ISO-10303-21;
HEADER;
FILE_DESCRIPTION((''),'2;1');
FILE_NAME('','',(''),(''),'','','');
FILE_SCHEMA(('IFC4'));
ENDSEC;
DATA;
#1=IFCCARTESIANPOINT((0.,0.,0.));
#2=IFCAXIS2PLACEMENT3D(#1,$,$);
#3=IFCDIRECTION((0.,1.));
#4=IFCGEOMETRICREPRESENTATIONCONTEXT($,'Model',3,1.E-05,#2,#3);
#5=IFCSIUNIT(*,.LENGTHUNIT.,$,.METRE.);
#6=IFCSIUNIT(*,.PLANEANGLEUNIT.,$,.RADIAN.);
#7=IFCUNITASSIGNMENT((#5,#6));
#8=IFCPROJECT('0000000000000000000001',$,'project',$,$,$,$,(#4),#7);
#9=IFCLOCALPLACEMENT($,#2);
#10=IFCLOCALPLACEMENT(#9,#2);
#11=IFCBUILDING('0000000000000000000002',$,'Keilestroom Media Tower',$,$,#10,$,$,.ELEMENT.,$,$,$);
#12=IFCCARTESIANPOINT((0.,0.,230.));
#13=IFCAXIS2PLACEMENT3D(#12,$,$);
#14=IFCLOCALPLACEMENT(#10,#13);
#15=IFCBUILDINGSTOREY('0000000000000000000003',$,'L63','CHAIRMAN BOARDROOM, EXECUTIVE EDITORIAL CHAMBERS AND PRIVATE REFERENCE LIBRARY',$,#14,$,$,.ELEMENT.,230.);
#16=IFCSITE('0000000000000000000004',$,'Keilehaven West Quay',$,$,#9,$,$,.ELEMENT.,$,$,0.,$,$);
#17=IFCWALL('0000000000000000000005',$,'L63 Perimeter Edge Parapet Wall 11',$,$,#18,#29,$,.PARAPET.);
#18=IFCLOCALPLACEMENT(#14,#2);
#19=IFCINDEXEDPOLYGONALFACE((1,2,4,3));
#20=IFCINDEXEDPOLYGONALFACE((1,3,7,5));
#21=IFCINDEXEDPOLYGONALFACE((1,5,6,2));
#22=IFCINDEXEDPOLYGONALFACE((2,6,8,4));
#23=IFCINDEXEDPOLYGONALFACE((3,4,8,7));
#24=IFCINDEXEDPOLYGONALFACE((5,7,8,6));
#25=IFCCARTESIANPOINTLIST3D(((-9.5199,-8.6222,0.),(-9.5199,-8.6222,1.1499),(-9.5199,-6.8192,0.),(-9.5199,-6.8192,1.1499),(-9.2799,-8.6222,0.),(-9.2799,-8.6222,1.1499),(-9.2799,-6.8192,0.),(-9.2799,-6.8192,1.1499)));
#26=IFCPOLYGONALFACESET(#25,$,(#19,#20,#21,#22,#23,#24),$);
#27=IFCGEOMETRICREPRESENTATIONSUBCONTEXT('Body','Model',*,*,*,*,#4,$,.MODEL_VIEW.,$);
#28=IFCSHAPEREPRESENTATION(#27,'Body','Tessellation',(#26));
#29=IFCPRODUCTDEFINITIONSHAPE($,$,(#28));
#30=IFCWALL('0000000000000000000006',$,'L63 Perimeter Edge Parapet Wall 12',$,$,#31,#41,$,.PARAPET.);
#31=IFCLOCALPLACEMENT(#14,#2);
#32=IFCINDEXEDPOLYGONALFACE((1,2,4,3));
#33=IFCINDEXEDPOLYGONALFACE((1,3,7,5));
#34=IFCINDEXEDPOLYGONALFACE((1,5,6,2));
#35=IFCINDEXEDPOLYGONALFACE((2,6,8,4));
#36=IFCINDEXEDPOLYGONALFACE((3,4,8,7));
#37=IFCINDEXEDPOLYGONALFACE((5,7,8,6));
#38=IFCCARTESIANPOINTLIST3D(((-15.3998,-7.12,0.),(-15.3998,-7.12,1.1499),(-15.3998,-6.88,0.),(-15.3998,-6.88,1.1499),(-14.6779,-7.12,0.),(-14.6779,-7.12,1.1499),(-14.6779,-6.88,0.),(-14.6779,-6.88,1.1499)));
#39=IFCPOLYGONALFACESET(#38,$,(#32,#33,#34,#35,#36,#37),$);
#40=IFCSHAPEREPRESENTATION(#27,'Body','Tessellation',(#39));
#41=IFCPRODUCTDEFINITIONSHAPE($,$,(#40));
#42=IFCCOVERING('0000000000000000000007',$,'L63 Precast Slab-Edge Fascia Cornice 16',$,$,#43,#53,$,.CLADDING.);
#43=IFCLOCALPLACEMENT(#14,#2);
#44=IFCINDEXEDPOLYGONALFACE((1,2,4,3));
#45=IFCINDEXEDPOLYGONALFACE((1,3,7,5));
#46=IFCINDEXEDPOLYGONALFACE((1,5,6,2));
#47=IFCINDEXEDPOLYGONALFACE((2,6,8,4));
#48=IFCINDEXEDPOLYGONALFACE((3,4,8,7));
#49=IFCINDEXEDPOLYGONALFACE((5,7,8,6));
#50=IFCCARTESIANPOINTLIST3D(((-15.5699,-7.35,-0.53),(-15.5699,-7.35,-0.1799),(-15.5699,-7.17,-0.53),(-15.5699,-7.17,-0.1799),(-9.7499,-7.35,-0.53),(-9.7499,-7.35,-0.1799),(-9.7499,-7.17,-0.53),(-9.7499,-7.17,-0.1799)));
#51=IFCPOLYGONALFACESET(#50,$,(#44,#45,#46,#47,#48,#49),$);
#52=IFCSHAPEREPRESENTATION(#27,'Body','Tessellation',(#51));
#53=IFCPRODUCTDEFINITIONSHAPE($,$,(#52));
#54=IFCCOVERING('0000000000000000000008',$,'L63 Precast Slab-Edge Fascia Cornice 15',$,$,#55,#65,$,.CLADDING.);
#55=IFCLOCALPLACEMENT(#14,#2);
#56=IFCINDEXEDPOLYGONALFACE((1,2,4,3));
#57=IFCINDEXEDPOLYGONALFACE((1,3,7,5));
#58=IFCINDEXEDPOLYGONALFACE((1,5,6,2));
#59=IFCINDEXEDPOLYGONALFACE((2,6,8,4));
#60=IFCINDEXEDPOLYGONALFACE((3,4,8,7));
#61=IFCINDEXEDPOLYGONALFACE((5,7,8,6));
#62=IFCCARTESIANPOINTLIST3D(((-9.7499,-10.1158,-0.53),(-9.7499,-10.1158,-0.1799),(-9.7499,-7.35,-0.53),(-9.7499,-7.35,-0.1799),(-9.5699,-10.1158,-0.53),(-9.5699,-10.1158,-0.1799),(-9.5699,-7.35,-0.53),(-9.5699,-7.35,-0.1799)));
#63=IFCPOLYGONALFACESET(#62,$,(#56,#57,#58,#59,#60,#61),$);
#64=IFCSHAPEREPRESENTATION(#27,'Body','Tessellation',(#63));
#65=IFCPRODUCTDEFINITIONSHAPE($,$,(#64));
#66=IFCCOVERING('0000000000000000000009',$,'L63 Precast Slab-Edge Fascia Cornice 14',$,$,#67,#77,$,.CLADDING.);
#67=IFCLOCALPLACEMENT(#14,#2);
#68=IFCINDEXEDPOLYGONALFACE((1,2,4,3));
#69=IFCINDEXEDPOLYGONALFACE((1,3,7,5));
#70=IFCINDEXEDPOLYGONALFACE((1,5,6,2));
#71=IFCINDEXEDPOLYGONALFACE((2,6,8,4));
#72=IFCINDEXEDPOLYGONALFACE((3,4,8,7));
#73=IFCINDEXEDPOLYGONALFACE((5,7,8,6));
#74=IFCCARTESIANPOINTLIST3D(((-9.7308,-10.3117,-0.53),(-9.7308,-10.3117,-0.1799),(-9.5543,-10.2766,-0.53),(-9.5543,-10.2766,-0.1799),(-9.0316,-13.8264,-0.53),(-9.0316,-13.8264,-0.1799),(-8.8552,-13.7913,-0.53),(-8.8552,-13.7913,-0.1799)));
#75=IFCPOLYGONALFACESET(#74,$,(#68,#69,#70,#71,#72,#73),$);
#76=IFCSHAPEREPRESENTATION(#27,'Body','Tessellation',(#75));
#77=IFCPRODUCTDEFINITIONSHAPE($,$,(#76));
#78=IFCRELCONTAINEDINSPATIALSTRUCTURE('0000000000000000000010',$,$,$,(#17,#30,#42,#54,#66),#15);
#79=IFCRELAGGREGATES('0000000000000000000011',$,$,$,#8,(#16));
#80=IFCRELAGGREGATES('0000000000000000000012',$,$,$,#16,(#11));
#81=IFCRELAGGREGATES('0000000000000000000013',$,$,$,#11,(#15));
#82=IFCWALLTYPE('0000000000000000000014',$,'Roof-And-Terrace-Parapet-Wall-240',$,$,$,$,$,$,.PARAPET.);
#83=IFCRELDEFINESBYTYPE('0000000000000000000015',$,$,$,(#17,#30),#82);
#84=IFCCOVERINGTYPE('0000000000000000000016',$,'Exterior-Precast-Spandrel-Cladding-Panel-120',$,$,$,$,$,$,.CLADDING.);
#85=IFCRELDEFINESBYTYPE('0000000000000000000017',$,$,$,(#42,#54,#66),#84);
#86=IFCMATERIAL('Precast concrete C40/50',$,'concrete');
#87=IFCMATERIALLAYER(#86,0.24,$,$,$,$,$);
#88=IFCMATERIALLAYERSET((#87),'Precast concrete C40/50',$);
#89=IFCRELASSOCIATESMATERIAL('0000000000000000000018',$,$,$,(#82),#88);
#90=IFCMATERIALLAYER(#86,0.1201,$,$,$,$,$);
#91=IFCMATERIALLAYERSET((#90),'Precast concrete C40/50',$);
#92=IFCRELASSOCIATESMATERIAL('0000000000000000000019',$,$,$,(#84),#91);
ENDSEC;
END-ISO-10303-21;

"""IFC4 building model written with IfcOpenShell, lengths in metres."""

from ifc_helpers import new_model, si_unit, direction, frame, frame_2d, origin, origin_2d, place, context, subcontext, project, spatial, rectangle, extrude, source, transform, mapped, material, layer, layer_set, type_object, element, save


model = new_model("IFC4")

# Units and contexts
model_context = context("Model", 3, precision=1e-05, world=origin(), true_north=direction((0.0, 1.0)))
body_context = subcontext(model_context, "Body", "Model", "MODEL_VIEW")
ifc_project = project(units=[si_unit("LENGTHUNIT", "METRE"), si_unit("PLANEANGLEUNIT", "RADIAN")], contexts=[model_context])

# Site, building, storey
site_placement = place(None, origin())
site = spatial("IfcSite", under=ifc_project, at=site_placement, Name="Keilehaven West Quay", CompositionType="ELEMENT", RefElevation=0.0)
building_placement = place(site_placement, origin())
building = spatial("IfcBuilding", under=site, at=building_placement, Name="Keilestroom Media Tower", CompositionType="ELEMENT")
storey_placement = place(building_placement, frame((0.0, 0.0, 230.0)))
storey = spatial("IfcBuildingStorey", under=building, at=storey_placement, Name="L63", Description="CHAIRMAN BOARDROOM, EXECUTIVE EDITORIAL CHAMBERS AND PRIVATE REFERENCE LIBRARY", CompositionType="ELEMENT", Elevation=230.0)

# Shared definitions
ifc_material_1 = material(Name="Precast concrete C40/50", Category="concrete")

# Walls
ifc_layer_1 = layer(ifc_material_1, 0.24)
ifc_layer_set_1 = layer_set([ifc_layer_1], Name="Precast concrete C40/50")
wall_type_1 = type_object("IfcWallType", Name="Roof-And-Terrace-Parapet-Wall-240", PredefinedType="PARAPET", material=ifc_layer_set_1)
wall_1_placement = place(storey_placement, frame((-9.3999, -8.6221, 0.0), z_axis=(0.0, 0.0, 1.0), x_axis=(0.0, 1.0, 0.0)))
element("IfcWall", 1, at=wall_1_placement, inside=storey, type_object=wall_type_1, Name="L63 Perimeter Edge Parapet Wall 11", PredefinedType="PARAPET", context=body_context, shape_type="SweptSolid", body=[
    extrude(rectangle(XDim=1.803, YDim=0.24, at=frame_2d((0.9014, 0.0))), origin(), (0.0, 0.0, 1.0), 1.1499),
])
wall_2_placement = place(storey_placement, frame((-14.678, -7.0, 0.0), z_axis=(0.0, 0.0, 1.0), x_axis=(-1.0, 0.0, 0.0)))
element("IfcWall", 2, at=wall_2_placement, inside=storey, type_object=wall_type_1, Name="L63 Perimeter Edge Parapet Wall 12", PredefinedType="PARAPET", context=body_context, shape_type="SweptSolid", body=[
    extrude(rectangle(XDim=0.7219, YDim=0.24, at=frame_2d((0.3608, 0.0))), origin(), (0.0, 0.0, 1.0), 1.1499),
])

# Coverings
ifc_layer_2 = layer(ifc_material_1, 0.1201)
ifc_layer_set_2 = layer_set([ifc_layer_2], Name="Precast concrete C40/50")
covering_type = type_object("IfcCoveringType", Name="Exterior-Precast-Spandrel-Cladding-Panel-120", PredefinedType="CLADDING", material=ifc_layer_set_2)
shared_shape_1 = source(origin(), body_context, "Body", "SweptSolid", [
    extrude(rectangle(XDim=5.8201, YDim=0.1799, at=origin_2d()), origin(), (0.0, 0.0, 1.0), 0.3501),
])
covering_1_placement = place(storey_placement, frame((-12.6599, -7.26, -0.53), z_axis=(0.0, 0.0, 1.0), x_axis=(-1.0, 0.0, 0.0)))
element("IfcCovering", 3, at=covering_1_placement, inside=storey, type_object=covering_type, Name="L63 Precast Slab-Edge Fascia Cornice 16", PredefinedType="CLADDING", context=body_context, shape_type="MappedRepresentation", body=[
    mapped(shared_shape_1, transform((0.0, 0.0, 0.0), x_axis=(1.0, 0.0, 0.0), y_axis=(0.0, 1.0, 0.0), z_axis=(0.0, 0.0, 1.0), scale=1.0)),
])
shared_shape_2 = source(origin(), body_context, "Body", "SweptSolid", [
    extrude(rectangle(XDim=2.7659, YDim=0.1799, at=origin_2d()), origin(), (0.0, 0.0, 1.0), 0.3501),
])
covering_2_placement = place(storey_placement, frame((-9.6599, -8.7329, -0.53), z_axis=(0.0, 0.0, 1.0), x_axis=(0.0, 1.0, 0.0)))
element("IfcCovering", 4, at=covering_2_placement, inside=storey, type_object=covering_type, Name="L63 Precast Slab-Edge Fascia Cornice 15", PredefinedType="CLADDING", context=body_context, shape_type="MappedRepresentation", body=[
    mapped(shared_shape_2, transform((0.0, 0.0, 0.0), x_axis=(1.0, 0.0, 0.0), y_axis=(0.0, 1.0, 0.0), z_axis=(0.0, 0.0, 1.0), scale=1.0)),
])
shared_shape_3 = source(origin(), body_context, "Body", "SweptSolid", [
    extrude(rectangle(XDim=3.5835, YDim=0.1799, at=origin_2d()), origin(), (0.0, 0.0, 1.0), 0.3501),
])
covering_3_placement = place(storey_placement, frame((-9.293, -12.0515, -0.53), z_axis=(0.0, 0.0, 1.0), x_axis=(-0.195099, 0.980784, 0.0)))
element("IfcCovering", 5, at=covering_3_placement, inside=storey, type_object=covering_type, Name="L63 Precast Slab-Edge Fascia Cornice 14", PredefinedType="CLADDING", context=body_context, shape_type="MappedRepresentation", body=[
    mapped(shared_shape_3, transform((0.0, 0.0, 0.0), x_axis=(1.0, 0.0, 0.0), y_axis=(0.0, 1.0, 0.0), z_axis=(0.0, 0.0, 1.0), scale=1.0)),
])

save(model, "model.ifc")
